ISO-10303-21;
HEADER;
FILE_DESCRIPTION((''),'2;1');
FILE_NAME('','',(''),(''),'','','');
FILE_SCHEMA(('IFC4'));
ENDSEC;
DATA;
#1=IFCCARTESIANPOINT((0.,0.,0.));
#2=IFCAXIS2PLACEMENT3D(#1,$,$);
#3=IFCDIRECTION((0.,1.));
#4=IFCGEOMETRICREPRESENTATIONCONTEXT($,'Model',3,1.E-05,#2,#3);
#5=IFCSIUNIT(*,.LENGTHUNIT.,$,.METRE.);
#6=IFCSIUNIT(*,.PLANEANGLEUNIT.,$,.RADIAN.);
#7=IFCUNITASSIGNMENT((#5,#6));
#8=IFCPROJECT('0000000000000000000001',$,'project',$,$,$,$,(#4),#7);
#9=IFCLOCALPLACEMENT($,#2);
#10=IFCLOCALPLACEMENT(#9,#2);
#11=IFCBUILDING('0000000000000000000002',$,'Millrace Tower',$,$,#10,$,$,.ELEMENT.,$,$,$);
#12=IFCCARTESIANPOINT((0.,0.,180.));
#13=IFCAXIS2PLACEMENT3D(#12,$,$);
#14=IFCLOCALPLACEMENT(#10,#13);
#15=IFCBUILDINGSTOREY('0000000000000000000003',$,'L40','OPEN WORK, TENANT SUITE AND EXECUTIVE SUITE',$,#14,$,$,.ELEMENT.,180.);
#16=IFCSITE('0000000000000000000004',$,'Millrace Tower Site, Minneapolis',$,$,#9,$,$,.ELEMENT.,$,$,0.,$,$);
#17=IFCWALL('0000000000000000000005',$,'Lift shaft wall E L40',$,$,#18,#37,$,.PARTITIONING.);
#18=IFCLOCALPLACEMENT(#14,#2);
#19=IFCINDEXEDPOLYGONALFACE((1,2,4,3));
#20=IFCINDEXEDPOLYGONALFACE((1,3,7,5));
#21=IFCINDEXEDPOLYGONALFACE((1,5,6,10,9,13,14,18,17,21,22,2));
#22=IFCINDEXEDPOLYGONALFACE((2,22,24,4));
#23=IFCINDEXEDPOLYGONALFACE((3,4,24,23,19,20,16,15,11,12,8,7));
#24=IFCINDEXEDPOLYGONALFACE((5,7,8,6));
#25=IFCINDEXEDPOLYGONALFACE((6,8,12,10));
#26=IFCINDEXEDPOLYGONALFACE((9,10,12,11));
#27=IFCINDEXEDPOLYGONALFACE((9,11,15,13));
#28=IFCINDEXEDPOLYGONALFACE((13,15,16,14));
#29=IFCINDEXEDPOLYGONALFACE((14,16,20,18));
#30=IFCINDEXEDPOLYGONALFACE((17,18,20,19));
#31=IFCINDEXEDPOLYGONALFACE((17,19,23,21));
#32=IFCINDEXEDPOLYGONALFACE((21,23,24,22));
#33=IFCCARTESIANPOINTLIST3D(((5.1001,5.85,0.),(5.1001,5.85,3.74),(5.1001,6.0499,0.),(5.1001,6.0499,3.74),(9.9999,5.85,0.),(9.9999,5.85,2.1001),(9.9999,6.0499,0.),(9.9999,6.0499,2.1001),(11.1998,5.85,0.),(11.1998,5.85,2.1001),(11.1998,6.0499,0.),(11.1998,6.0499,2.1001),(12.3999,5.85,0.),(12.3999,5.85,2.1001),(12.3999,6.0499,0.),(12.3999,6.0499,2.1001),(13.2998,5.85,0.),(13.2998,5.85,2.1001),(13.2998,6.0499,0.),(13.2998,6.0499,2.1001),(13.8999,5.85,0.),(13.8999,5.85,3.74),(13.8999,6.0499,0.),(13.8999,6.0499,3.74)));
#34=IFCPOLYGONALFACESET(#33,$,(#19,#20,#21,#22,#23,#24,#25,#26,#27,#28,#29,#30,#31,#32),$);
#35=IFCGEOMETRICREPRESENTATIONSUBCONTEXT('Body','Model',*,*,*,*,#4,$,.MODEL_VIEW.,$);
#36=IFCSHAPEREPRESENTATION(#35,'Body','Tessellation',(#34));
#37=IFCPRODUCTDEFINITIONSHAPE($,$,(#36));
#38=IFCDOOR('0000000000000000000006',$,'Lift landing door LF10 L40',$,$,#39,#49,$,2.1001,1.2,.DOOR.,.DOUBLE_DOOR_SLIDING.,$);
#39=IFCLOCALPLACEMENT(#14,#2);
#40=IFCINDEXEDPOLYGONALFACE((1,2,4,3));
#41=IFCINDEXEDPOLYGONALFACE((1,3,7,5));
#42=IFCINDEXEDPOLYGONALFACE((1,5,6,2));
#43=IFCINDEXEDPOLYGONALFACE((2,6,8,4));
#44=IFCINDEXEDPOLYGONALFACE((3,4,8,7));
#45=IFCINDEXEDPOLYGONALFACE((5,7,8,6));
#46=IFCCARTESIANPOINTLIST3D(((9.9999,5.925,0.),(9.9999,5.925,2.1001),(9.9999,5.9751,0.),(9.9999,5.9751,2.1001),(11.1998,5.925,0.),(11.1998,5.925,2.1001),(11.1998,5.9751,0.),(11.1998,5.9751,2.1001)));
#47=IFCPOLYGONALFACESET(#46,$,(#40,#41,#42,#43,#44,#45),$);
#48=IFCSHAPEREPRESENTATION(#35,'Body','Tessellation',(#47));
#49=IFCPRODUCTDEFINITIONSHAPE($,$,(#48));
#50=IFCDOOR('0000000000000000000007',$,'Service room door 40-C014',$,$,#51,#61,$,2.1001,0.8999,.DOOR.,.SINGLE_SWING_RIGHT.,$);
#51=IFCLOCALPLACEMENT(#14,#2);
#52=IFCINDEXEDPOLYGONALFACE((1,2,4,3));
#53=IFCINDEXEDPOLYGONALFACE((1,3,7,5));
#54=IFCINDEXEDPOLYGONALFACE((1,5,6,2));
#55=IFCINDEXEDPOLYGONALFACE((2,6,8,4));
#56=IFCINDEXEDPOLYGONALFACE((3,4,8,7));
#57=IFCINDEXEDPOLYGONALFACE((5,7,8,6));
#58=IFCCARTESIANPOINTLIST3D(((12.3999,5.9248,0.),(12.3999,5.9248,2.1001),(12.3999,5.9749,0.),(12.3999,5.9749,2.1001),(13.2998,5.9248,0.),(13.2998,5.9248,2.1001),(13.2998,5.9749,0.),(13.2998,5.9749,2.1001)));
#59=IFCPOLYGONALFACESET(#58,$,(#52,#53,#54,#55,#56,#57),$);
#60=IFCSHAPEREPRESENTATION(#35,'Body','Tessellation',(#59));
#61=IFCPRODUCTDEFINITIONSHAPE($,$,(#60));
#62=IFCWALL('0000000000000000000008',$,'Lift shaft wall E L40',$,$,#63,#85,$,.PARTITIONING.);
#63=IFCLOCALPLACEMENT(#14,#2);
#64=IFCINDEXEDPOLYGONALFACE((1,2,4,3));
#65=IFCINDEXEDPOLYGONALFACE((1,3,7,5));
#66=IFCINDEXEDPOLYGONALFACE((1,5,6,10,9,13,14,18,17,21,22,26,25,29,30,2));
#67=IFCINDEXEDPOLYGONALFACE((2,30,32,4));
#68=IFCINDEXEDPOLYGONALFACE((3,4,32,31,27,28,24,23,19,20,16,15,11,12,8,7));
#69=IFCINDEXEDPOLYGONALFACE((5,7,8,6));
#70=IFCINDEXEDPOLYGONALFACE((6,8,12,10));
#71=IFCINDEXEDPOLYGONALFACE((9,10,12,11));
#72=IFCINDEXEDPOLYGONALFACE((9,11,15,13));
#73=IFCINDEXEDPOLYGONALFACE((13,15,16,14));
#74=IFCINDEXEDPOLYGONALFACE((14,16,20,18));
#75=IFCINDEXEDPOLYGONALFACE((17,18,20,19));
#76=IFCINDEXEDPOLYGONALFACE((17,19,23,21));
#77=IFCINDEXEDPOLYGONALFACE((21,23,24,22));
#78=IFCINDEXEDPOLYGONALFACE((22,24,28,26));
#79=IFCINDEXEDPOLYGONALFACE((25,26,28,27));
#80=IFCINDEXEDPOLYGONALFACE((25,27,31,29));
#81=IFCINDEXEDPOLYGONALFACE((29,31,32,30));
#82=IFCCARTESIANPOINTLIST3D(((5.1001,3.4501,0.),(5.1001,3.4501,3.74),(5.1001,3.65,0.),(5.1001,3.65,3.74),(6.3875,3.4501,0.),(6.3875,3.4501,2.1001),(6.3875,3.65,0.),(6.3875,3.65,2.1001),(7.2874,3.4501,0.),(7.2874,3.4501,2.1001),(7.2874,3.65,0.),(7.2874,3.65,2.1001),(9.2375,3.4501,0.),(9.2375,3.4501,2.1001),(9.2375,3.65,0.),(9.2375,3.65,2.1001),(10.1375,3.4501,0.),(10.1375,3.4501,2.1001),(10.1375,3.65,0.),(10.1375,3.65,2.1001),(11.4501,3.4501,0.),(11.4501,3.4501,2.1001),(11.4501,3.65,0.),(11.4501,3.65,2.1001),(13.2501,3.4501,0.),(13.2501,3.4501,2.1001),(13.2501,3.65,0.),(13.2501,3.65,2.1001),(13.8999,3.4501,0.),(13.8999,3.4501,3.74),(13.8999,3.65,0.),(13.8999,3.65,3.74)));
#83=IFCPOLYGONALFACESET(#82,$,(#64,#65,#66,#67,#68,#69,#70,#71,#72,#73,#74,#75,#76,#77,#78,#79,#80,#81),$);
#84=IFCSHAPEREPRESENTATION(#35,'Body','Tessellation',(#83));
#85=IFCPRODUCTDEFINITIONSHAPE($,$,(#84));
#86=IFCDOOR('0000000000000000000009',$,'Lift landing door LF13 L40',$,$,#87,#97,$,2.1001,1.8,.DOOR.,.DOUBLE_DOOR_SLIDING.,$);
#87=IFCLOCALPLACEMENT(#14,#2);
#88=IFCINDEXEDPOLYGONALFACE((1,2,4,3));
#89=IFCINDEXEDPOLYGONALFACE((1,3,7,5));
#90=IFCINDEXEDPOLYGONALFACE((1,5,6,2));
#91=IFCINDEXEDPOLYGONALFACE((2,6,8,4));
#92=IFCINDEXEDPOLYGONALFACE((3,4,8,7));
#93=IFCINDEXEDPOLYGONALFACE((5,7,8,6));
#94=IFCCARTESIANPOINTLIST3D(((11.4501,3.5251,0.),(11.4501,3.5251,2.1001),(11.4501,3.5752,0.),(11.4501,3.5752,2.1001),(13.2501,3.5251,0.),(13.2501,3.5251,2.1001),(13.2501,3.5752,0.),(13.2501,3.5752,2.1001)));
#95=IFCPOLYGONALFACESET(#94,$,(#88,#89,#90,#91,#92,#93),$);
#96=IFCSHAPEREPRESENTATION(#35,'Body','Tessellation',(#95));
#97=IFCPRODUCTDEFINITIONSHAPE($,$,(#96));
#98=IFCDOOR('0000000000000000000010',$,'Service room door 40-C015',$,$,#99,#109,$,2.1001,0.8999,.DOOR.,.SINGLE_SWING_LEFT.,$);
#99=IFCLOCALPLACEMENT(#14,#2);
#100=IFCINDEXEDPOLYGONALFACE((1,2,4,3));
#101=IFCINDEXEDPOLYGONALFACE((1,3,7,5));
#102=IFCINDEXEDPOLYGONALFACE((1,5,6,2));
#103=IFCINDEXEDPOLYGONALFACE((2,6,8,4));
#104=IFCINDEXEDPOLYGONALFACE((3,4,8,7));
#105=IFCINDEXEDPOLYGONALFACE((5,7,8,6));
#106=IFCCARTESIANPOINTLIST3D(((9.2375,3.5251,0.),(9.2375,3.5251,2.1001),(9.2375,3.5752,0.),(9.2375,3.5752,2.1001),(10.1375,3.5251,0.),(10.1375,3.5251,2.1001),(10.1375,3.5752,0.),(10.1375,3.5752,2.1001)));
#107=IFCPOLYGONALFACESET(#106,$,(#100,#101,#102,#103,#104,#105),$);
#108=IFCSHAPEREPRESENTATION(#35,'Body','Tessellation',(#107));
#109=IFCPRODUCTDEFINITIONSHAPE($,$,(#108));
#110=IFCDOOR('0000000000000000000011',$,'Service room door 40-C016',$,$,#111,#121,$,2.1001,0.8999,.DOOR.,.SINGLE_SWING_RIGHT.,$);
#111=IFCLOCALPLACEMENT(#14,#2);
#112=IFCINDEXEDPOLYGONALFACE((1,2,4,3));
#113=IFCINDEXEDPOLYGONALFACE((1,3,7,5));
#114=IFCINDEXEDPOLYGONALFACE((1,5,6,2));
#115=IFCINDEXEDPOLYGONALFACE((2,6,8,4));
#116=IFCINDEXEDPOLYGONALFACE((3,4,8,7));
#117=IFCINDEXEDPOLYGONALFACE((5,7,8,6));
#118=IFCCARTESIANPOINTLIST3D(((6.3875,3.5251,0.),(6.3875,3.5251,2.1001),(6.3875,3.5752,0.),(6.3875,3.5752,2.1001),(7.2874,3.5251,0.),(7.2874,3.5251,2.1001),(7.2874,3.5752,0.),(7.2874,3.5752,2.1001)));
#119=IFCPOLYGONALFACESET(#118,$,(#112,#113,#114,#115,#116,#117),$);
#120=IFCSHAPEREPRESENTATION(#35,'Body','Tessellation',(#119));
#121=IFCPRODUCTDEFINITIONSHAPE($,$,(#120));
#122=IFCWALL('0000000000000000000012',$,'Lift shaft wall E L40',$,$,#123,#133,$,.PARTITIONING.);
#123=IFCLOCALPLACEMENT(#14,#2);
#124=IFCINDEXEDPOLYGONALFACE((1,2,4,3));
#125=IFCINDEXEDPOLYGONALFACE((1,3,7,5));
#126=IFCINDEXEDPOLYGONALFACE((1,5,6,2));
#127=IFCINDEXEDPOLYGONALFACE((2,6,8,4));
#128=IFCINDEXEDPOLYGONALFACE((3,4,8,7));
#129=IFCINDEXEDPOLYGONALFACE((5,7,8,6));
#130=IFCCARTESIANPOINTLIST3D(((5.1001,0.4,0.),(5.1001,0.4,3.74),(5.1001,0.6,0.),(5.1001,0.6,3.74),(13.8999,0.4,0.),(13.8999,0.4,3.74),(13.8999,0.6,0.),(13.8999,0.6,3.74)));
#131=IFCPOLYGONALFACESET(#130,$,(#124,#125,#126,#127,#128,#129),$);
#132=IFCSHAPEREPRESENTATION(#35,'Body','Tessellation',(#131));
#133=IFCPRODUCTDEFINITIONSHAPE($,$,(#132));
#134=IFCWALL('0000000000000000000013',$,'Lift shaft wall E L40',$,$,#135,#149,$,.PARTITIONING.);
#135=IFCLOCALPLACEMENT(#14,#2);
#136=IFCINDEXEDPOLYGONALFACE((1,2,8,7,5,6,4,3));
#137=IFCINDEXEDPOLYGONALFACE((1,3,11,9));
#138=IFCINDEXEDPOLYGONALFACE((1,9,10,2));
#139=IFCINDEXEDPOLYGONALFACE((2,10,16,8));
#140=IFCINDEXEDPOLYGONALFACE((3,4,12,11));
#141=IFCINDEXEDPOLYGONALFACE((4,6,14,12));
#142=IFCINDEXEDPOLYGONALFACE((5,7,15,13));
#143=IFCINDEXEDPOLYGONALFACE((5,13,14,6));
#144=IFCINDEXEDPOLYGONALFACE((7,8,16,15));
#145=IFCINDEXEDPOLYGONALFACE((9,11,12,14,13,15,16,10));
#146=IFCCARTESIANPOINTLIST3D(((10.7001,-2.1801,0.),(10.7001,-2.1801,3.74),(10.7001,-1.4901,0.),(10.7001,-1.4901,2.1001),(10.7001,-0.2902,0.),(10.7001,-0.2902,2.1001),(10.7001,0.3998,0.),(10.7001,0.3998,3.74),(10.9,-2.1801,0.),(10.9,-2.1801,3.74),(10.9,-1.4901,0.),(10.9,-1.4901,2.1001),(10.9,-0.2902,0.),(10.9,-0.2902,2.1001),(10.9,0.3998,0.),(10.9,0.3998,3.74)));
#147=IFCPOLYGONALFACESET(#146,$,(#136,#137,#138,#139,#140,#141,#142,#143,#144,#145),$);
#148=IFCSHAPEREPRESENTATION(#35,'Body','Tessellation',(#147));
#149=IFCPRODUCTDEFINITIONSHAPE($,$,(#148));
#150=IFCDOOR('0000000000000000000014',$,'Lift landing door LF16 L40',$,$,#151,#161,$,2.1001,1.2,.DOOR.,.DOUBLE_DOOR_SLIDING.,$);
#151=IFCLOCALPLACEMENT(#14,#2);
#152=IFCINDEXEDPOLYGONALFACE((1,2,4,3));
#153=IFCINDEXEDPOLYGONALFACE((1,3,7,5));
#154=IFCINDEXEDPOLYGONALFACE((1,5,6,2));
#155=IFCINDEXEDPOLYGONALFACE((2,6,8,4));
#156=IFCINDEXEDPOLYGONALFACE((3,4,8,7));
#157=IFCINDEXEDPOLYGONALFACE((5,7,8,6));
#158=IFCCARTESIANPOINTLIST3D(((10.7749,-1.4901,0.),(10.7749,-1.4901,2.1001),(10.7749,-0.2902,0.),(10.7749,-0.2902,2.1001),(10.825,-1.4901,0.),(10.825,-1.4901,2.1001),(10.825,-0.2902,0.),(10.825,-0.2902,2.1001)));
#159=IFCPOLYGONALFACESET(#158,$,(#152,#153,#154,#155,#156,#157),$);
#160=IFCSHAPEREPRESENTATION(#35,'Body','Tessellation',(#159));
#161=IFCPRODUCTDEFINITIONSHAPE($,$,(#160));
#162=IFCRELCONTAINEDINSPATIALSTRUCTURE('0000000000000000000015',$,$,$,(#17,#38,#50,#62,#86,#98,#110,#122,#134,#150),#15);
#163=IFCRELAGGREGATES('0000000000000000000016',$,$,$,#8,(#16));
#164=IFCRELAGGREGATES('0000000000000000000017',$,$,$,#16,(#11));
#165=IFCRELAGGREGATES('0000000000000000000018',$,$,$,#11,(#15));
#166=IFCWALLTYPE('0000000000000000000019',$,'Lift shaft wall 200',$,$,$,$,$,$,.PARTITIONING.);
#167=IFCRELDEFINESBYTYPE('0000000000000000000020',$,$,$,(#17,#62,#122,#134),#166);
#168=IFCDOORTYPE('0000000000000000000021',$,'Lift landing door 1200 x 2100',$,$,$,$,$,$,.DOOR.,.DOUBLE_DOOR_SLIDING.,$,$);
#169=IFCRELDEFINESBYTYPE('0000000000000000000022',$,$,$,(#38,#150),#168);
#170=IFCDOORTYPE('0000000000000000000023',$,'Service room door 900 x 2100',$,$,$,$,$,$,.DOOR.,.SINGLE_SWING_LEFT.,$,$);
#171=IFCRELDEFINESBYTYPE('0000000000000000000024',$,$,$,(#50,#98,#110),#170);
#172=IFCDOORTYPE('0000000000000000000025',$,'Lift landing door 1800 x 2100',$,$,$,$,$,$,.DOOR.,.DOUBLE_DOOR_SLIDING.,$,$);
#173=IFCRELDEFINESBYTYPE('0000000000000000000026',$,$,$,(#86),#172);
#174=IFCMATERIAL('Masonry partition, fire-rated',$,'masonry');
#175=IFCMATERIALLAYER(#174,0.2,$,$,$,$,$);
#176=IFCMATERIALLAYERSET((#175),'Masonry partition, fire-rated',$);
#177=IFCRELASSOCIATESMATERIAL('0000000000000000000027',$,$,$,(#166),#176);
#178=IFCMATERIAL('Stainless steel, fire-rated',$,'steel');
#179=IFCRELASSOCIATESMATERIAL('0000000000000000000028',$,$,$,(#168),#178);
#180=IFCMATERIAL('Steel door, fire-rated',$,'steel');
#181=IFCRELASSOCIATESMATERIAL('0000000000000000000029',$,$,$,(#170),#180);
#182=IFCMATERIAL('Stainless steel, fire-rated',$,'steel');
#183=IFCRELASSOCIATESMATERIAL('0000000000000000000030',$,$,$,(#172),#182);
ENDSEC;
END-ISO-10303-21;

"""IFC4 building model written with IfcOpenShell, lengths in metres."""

from ifc_helpers import new_model, si_unit, direction, frame, frame_2d, origin, place, context, subcontext, project, spatial, rectangle, extrude, material, layer, layer_set, type_object, element, fill, save


model = new_model("IFC4")

# Units and contexts
model_context = context("Model", 3, precision=1e-05, world=origin(), true_north=direction((0.0, 1.0)))
body_context = subcontext(model_context, "Body", "Model", "MODEL_VIEW")
ifc_project = project(units=[si_unit("LENGTHUNIT", "METRE"), si_unit("PLANEANGLEUNIT", "RADIAN")], contexts=[model_context])

# Site, building, storey
site_placement = place(None, origin())
site = spatial("IfcSite", under=ifc_project, at=site_placement, Name="Millrace Tower Site, Minneapolis", CompositionType="ELEMENT", RefElevation=0.0)
building_placement = place(site_placement, origin())
building = spatial("IfcBuilding", under=site, at=building_placement, Name="Millrace Tower", CompositionType="ELEMENT")
storey_placement = place(building_placement, frame((0.0, 0.0, 180.0)))
storey = spatial("IfcBuildingStorey", under=building, at=storey_placement, Name="L40", Description="OPEN WORK, TENANT SUITE AND EXECUTIVE SUITE", CompositionType="ELEMENT", Elevation=180.0)

# Walls, openings, doors
ifc_material_1 = material(Name="Masonry partition, fire-rated", Category="masonry")
ifc_layer_1 = layer(ifc_material_1, 0.2)
ifc_layer_set_1 = layer_set([ifc_layer_1], Name="Masonry partition, fire-rated")
wall_type_1 = type_object("IfcWallType", Name="Lift shaft wall 200", PredefinedType="PARTITIONING", material=ifc_layer_set_1)
wall_1_placement = place(storey_placement, frame((13.8999, 5.95, 0.0), z_axis=(0.0, 0.0, 1.0), x_axis=(-1.0, 0.0, 0.0)))
wall_1 = element("IfcWall", 1, at=wall_1_placement, inside=storey, type_object=wall_type_1, Name="Lift shaft wall E L40", PredefinedType="PARTITIONING", context=body_context, shape_type="SweptSolid", body=[
    extrude(rectangle(XDim=8.7998, YDim=0.2, at=frame_2d((4.3999, 0.0))), origin(), (0.0, 0.0, 1.0), 3.74),
])
opening_1_placement = place(wall_1_placement, frame((2.7, 0.0, 0.0)))
opening_1 = element("IfcOpeningElement", 2, at=opening_1_placement, cuts=wall_1, PredefinedType="OPENING", context=body_context, shape_type="SweptSolid", body=[
    extrude(rectangle(XDim=1.2, YDim=2.1001, at=frame_2d((0.6001, 1.05))), frame((0.0, 0.1099, 0.0), z_axis=(0.0, -1.0, 0.0), x_axis=(1.0, 0.0, 0.0)), (0.0, 0.0, 1.0), 0.22),
])
opening_2_placement = place(wall_1_placement, frame((0.6001, 0.0, 0.0)))
opening_2 = element("IfcOpeningElement", 3, at=opening_2_placement, cuts=wall_1, PredefinedType="OPENING", context=body_context, shape_type="SweptSolid", body=[
    extrude(rectangle(XDim=0.8999, YDim=2.1001, at=frame_2d((0.45, 1.05))), frame((0.0, 0.1099, 0.0), z_axis=(0.0, -1.0, 0.0), x_axis=(1.0, 0.0, 0.0)), (0.0, 0.0, 1.0), 0.22),
])
ifc_material_2 = material(Name="Stainless steel, fire-rated", Category="steel")
door_type_1 = type_object("IfcDoorType", Name="Lift landing door 1200 x 2100", OperationType="DOUBLE_DOOR_SLIDING", PredefinedType="DOOR", material=ifc_material_2)
door_1_placement = place(opening_1_placement, origin())
door_1 = element("IfcDoor", 4, at=door_1_placement, inside=storey, type_object=door_type_1, Name="Lift landing door LF10 L40", OperationType="DOUBLE_DOOR_SLIDING", OverallHeight=2.1001, OverallWidth=1.2, PredefinedType="DOOR", context=body_context, shape_type="SweptSolid", body=[
    extrude(rectangle(XDim=1.2, YDim=2.1001, at=frame_2d((0.6001, 1.05))), frame((0.0, 0.0249, 0.0), z_axis=(0.0, -1.0, 0.0), x_axis=(1.0, 0.0, 0.0)), (0.0, 0.0, 1.0), 0.05),
])
fill(opening_1, door_1)
ifc_material_3 = material(Name="Steel door, fire-rated", Category="steel")
door_type_2 = type_object("IfcDoorType", Name="Service room door 900 x 2100", OperationType="SINGLE_SWING_LEFT", PredefinedType="DOOR", material=ifc_material_3)
door_2_placement = place(opening_2_placement, frame((0.8999, 0.0, 0.0), z_axis=(0.0, 0.0, 1.0), x_axis=(-1.0, 0.0, 0.0)))
door_2 = element("IfcDoor", 5, at=door_2_placement, inside=storey, type_object=door_type_2, Name="Service room door 40-C014", OperationType="SINGLE_SWING_RIGHT", OverallHeight=2.1001, OverallWidth=0.8999, PredefinedType="DOOR", context=body_context, shape_type="SweptSolid", body=[
    extrude(rectangle(XDim=0.8999, YDim=2.1001, at=frame_2d((0.45, 1.05))), frame((0.0, 0.0249, 0.0), z_axis=(0.0, -1.0, 0.0), x_axis=(1.0, 0.0, 0.0)), (0.0, 0.0, 1.0), 0.05),
])
fill(opening_2, door_2)
wall_2_placement = place(storey_placement, frame((13.8999, 3.55, 0.0), z_axis=(0.0, 0.0, 1.0), x_axis=(-1.0, 0.0, 0.0)))
wall_2 = element("IfcWall", 6, at=wall_2_placement, inside=storey, type_object=wall_type_1, Name="Lift shaft wall E L40", PredefinedType="PARTITIONING", context=body_context, shape_type="SweptSolid", body=[
    extrude(rectangle(XDim=8.7998, YDim=0.2, at=frame_2d((4.3999, 0.0))), origin(), (0.0, 0.0, 1.0), 3.74),
])
opening_3_placement = place(wall_2_placement, frame((0.6499, 0.0, 0.0)))
opening_3 = element("IfcOpeningElement", 7, at=opening_3_placement, cuts=wall_2, PredefinedType="OPENING", context=body_context, shape_type="SweptSolid", body=[
    extrude(rectangle(XDim=1.8, YDim=2.1001, at=frame_2d((0.8999, 1.05))), frame((0.0, 0.1099, 0.0), z_axis=(0.0, -1.0, 0.0), x_axis=(1.0, 0.0, 0.0)), (0.0, 0.0, 1.0), 0.22),
])
opening_4_placement = place(wall_2_placement, frame((3.7625, 0.0, 0.0)))
opening_4 = element("IfcOpeningElement", 8, at=opening_4_placement, cuts=wall_2, PredefinedType="OPENING", context=body_context, shape_type="SweptSolid", body=[
    extrude(rectangle(XDim=0.8999, YDim=2.1001, at=frame_2d((0.45, 1.05))), frame((0.0, 0.1099, 0.0), z_axis=(0.0, -1.0, 0.0), x_axis=(1.0, 0.0, 0.0)), (0.0, 0.0, 1.0), 0.22),
])
opening_5_placement = place(wall_2_placement, frame((6.6125, 0.0, 0.0)))
opening_5 = element("IfcOpeningElement", 9, at=opening_5_placement, cuts=wall_2, PredefinedType="OPENING", context=body_context, shape_type="SweptSolid", body=[
    extrude(rectangle(XDim=0.8999, YDim=2.1001, at=frame_2d((0.45, 1.05))), frame((0.0, 0.1099, 0.0), z_axis=(0.0, -1.0, 0.0), x_axis=(1.0, 0.0, 0.0)), (0.0, 0.0, 1.0), 0.22),
])
ifc_material_4 = material(Name="Stainless steel, fire-rated", Category="steel")
door_type_3 = type_object("IfcDoorType", Name="Lift landing door 1800 x 2100", OperationType="DOUBLE_DOOR_SLIDING", PredefinedType="DOOR", material=ifc_material_4)
door_3_placement = place(opening_3_placement, origin())
door_3 = element("IfcDoor", 10, at=door_3_placement, inside=storey, type_object=door_type_3, Name="Lift landing door LF13 L40", OperationType="DOUBLE_DOOR_SLIDING", OverallHeight=2.1001, OverallWidth=1.8, PredefinedType="DOOR", context=body_context, shape_type="SweptSolid", body=[
    extrude(rectangle(XDim=1.8, YDim=2.1001, at=frame_2d((0.8999, 1.05))), frame((0.0, 0.0249, 0.0), z_axis=(0.0, -1.0, 0.0), x_axis=(1.0, 0.0, 0.0)), (0.0, 0.0, 1.0), 0.05),
])
fill(opening_3, door_3)
door_4_placement = place(opening_4_placement, origin())
door_4 = element("IfcDoor", 11, at=door_4_placement, inside=storey, type_object=door_type_2, Name="Service room door 40-C015", OperationType="SINGLE_SWING_LEFT", OverallHeight=2.1001, OverallWidth=0.8999, PredefinedType="DOOR", context=body_context, shape_type="SweptSolid", body=[
    extrude(rectangle(XDim=0.8999, YDim=2.1001, at=frame_2d((0.45, 1.05))), frame((0.0, 0.0249, 0.0), z_axis=(0.0, -1.0, 0.0), x_axis=(1.0, 0.0, 0.0)), (0.0, 0.0, 1.0), 0.05),
])
fill(opening_4, door_4)
door_5_placement = place(opening_5_placement, origin())
door_5 = element("IfcDoor", 12, at=door_5_placement, inside=storey, type_object=door_type_2, Name="Service room door 40-C016", OperationType="SINGLE_SWING_RIGHT", OverallHeight=2.1001, OverallWidth=0.8999, PredefinedType="DOOR", context=body_context, shape_type="SweptSolid", body=[
    extrude(rectangle(XDim=0.8999, YDim=2.1001, at=frame_2d((0.45, 1.05))), frame((0.0, 0.0249, 0.0), z_axis=(0.0, -1.0, 0.0), x_axis=(1.0, 0.0, 0.0)), (0.0, 0.0, 1.0), 0.05),
])
fill(opening_5, door_5)

# Wall
wall_3_placement = place(storey_placement, frame((13.8999, 0.5, 0.0), z_axis=(0.0, 0.0, 1.0), x_axis=(-1.0, 0.0, 0.0)))
element("IfcWall", 13, at=wall_3_placement, inside=storey, type_object=wall_type_1, Name="Lift shaft wall E L40", PredefinedType="PARTITIONING", context=body_context, shape_type="SweptSolid", body=[
    extrude(rectangle(XDim=8.7998, YDim=0.2, at=frame_2d((4.3999, 0.0))), origin(), (0.0, 0.0, 1.0), 3.74),
])

# Wall, opening, door
wall_4_placement = place(storey_placement, frame((10.8, 0.3999, 0.0), z_axis=(0.0, 0.0, 1.0), x_axis=(0.0, -1.0, 0.0)))
wall_4 = element("IfcWall", 14, at=wall_4_placement, inside=storey, type_object=wall_type_1, Name="Lift shaft wall E L40", PredefinedType="PARTITIONING", context=body_context, shape_type="SweptSolid", body=[
    extrude(rectangle(XDim=2.5798, YDim=0.2, at=frame_2d((1.29, 0.0))), origin(), (0.0, 0.0, 1.0), 3.74),
])
opening_6_placement = place(wall_4_placement, frame((0.6899, 0.0, 0.0)))
opening_6 = element("IfcOpeningElement", 15, at=opening_6_placement, cuts=wall_4, PredefinedType="OPENING", context=body_context, shape_type="SweptSolid", body=[
    extrude(rectangle(XDim=1.2, YDim=2.1001, at=frame_2d((0.6001, 1.05))), frame((0.0, 0.1099, 0.0), z_axis=(0.0, -1.0, 0.0), x_axis=(1.0, 0.0, 0.0)), (0.0, 0.0, 1.0), 0.22),
])
door_6_placement = place(opening_6_placement, origin())
door_6 = element("IfcDoor", 16, at=door_6_placement, inside=storey, type_object=door_type_1, Name="Lift landing door LF16 L40", OperationType="DOUBLE_DOOR_SLIDING", OverallHeight=2.1001, OverallWidth=1.2, PredefinedType="DOOR", context=body_context, shape_type="SweptSolid", body=[
    extrude(rectangle(XDim=1.2, YDim=2.1001, at=frame_2d((0.6001, 1.05))), frame((0.0, 0.0249, 0.0), z_axis=(0.0, -1.0, 0.0), x_axis=(1.0, 0.0, 0.0)), (0.0, 0.0, 1.0), 0.05),
])
fill(opening_6, door_6)

save(model, "model.ifc")
